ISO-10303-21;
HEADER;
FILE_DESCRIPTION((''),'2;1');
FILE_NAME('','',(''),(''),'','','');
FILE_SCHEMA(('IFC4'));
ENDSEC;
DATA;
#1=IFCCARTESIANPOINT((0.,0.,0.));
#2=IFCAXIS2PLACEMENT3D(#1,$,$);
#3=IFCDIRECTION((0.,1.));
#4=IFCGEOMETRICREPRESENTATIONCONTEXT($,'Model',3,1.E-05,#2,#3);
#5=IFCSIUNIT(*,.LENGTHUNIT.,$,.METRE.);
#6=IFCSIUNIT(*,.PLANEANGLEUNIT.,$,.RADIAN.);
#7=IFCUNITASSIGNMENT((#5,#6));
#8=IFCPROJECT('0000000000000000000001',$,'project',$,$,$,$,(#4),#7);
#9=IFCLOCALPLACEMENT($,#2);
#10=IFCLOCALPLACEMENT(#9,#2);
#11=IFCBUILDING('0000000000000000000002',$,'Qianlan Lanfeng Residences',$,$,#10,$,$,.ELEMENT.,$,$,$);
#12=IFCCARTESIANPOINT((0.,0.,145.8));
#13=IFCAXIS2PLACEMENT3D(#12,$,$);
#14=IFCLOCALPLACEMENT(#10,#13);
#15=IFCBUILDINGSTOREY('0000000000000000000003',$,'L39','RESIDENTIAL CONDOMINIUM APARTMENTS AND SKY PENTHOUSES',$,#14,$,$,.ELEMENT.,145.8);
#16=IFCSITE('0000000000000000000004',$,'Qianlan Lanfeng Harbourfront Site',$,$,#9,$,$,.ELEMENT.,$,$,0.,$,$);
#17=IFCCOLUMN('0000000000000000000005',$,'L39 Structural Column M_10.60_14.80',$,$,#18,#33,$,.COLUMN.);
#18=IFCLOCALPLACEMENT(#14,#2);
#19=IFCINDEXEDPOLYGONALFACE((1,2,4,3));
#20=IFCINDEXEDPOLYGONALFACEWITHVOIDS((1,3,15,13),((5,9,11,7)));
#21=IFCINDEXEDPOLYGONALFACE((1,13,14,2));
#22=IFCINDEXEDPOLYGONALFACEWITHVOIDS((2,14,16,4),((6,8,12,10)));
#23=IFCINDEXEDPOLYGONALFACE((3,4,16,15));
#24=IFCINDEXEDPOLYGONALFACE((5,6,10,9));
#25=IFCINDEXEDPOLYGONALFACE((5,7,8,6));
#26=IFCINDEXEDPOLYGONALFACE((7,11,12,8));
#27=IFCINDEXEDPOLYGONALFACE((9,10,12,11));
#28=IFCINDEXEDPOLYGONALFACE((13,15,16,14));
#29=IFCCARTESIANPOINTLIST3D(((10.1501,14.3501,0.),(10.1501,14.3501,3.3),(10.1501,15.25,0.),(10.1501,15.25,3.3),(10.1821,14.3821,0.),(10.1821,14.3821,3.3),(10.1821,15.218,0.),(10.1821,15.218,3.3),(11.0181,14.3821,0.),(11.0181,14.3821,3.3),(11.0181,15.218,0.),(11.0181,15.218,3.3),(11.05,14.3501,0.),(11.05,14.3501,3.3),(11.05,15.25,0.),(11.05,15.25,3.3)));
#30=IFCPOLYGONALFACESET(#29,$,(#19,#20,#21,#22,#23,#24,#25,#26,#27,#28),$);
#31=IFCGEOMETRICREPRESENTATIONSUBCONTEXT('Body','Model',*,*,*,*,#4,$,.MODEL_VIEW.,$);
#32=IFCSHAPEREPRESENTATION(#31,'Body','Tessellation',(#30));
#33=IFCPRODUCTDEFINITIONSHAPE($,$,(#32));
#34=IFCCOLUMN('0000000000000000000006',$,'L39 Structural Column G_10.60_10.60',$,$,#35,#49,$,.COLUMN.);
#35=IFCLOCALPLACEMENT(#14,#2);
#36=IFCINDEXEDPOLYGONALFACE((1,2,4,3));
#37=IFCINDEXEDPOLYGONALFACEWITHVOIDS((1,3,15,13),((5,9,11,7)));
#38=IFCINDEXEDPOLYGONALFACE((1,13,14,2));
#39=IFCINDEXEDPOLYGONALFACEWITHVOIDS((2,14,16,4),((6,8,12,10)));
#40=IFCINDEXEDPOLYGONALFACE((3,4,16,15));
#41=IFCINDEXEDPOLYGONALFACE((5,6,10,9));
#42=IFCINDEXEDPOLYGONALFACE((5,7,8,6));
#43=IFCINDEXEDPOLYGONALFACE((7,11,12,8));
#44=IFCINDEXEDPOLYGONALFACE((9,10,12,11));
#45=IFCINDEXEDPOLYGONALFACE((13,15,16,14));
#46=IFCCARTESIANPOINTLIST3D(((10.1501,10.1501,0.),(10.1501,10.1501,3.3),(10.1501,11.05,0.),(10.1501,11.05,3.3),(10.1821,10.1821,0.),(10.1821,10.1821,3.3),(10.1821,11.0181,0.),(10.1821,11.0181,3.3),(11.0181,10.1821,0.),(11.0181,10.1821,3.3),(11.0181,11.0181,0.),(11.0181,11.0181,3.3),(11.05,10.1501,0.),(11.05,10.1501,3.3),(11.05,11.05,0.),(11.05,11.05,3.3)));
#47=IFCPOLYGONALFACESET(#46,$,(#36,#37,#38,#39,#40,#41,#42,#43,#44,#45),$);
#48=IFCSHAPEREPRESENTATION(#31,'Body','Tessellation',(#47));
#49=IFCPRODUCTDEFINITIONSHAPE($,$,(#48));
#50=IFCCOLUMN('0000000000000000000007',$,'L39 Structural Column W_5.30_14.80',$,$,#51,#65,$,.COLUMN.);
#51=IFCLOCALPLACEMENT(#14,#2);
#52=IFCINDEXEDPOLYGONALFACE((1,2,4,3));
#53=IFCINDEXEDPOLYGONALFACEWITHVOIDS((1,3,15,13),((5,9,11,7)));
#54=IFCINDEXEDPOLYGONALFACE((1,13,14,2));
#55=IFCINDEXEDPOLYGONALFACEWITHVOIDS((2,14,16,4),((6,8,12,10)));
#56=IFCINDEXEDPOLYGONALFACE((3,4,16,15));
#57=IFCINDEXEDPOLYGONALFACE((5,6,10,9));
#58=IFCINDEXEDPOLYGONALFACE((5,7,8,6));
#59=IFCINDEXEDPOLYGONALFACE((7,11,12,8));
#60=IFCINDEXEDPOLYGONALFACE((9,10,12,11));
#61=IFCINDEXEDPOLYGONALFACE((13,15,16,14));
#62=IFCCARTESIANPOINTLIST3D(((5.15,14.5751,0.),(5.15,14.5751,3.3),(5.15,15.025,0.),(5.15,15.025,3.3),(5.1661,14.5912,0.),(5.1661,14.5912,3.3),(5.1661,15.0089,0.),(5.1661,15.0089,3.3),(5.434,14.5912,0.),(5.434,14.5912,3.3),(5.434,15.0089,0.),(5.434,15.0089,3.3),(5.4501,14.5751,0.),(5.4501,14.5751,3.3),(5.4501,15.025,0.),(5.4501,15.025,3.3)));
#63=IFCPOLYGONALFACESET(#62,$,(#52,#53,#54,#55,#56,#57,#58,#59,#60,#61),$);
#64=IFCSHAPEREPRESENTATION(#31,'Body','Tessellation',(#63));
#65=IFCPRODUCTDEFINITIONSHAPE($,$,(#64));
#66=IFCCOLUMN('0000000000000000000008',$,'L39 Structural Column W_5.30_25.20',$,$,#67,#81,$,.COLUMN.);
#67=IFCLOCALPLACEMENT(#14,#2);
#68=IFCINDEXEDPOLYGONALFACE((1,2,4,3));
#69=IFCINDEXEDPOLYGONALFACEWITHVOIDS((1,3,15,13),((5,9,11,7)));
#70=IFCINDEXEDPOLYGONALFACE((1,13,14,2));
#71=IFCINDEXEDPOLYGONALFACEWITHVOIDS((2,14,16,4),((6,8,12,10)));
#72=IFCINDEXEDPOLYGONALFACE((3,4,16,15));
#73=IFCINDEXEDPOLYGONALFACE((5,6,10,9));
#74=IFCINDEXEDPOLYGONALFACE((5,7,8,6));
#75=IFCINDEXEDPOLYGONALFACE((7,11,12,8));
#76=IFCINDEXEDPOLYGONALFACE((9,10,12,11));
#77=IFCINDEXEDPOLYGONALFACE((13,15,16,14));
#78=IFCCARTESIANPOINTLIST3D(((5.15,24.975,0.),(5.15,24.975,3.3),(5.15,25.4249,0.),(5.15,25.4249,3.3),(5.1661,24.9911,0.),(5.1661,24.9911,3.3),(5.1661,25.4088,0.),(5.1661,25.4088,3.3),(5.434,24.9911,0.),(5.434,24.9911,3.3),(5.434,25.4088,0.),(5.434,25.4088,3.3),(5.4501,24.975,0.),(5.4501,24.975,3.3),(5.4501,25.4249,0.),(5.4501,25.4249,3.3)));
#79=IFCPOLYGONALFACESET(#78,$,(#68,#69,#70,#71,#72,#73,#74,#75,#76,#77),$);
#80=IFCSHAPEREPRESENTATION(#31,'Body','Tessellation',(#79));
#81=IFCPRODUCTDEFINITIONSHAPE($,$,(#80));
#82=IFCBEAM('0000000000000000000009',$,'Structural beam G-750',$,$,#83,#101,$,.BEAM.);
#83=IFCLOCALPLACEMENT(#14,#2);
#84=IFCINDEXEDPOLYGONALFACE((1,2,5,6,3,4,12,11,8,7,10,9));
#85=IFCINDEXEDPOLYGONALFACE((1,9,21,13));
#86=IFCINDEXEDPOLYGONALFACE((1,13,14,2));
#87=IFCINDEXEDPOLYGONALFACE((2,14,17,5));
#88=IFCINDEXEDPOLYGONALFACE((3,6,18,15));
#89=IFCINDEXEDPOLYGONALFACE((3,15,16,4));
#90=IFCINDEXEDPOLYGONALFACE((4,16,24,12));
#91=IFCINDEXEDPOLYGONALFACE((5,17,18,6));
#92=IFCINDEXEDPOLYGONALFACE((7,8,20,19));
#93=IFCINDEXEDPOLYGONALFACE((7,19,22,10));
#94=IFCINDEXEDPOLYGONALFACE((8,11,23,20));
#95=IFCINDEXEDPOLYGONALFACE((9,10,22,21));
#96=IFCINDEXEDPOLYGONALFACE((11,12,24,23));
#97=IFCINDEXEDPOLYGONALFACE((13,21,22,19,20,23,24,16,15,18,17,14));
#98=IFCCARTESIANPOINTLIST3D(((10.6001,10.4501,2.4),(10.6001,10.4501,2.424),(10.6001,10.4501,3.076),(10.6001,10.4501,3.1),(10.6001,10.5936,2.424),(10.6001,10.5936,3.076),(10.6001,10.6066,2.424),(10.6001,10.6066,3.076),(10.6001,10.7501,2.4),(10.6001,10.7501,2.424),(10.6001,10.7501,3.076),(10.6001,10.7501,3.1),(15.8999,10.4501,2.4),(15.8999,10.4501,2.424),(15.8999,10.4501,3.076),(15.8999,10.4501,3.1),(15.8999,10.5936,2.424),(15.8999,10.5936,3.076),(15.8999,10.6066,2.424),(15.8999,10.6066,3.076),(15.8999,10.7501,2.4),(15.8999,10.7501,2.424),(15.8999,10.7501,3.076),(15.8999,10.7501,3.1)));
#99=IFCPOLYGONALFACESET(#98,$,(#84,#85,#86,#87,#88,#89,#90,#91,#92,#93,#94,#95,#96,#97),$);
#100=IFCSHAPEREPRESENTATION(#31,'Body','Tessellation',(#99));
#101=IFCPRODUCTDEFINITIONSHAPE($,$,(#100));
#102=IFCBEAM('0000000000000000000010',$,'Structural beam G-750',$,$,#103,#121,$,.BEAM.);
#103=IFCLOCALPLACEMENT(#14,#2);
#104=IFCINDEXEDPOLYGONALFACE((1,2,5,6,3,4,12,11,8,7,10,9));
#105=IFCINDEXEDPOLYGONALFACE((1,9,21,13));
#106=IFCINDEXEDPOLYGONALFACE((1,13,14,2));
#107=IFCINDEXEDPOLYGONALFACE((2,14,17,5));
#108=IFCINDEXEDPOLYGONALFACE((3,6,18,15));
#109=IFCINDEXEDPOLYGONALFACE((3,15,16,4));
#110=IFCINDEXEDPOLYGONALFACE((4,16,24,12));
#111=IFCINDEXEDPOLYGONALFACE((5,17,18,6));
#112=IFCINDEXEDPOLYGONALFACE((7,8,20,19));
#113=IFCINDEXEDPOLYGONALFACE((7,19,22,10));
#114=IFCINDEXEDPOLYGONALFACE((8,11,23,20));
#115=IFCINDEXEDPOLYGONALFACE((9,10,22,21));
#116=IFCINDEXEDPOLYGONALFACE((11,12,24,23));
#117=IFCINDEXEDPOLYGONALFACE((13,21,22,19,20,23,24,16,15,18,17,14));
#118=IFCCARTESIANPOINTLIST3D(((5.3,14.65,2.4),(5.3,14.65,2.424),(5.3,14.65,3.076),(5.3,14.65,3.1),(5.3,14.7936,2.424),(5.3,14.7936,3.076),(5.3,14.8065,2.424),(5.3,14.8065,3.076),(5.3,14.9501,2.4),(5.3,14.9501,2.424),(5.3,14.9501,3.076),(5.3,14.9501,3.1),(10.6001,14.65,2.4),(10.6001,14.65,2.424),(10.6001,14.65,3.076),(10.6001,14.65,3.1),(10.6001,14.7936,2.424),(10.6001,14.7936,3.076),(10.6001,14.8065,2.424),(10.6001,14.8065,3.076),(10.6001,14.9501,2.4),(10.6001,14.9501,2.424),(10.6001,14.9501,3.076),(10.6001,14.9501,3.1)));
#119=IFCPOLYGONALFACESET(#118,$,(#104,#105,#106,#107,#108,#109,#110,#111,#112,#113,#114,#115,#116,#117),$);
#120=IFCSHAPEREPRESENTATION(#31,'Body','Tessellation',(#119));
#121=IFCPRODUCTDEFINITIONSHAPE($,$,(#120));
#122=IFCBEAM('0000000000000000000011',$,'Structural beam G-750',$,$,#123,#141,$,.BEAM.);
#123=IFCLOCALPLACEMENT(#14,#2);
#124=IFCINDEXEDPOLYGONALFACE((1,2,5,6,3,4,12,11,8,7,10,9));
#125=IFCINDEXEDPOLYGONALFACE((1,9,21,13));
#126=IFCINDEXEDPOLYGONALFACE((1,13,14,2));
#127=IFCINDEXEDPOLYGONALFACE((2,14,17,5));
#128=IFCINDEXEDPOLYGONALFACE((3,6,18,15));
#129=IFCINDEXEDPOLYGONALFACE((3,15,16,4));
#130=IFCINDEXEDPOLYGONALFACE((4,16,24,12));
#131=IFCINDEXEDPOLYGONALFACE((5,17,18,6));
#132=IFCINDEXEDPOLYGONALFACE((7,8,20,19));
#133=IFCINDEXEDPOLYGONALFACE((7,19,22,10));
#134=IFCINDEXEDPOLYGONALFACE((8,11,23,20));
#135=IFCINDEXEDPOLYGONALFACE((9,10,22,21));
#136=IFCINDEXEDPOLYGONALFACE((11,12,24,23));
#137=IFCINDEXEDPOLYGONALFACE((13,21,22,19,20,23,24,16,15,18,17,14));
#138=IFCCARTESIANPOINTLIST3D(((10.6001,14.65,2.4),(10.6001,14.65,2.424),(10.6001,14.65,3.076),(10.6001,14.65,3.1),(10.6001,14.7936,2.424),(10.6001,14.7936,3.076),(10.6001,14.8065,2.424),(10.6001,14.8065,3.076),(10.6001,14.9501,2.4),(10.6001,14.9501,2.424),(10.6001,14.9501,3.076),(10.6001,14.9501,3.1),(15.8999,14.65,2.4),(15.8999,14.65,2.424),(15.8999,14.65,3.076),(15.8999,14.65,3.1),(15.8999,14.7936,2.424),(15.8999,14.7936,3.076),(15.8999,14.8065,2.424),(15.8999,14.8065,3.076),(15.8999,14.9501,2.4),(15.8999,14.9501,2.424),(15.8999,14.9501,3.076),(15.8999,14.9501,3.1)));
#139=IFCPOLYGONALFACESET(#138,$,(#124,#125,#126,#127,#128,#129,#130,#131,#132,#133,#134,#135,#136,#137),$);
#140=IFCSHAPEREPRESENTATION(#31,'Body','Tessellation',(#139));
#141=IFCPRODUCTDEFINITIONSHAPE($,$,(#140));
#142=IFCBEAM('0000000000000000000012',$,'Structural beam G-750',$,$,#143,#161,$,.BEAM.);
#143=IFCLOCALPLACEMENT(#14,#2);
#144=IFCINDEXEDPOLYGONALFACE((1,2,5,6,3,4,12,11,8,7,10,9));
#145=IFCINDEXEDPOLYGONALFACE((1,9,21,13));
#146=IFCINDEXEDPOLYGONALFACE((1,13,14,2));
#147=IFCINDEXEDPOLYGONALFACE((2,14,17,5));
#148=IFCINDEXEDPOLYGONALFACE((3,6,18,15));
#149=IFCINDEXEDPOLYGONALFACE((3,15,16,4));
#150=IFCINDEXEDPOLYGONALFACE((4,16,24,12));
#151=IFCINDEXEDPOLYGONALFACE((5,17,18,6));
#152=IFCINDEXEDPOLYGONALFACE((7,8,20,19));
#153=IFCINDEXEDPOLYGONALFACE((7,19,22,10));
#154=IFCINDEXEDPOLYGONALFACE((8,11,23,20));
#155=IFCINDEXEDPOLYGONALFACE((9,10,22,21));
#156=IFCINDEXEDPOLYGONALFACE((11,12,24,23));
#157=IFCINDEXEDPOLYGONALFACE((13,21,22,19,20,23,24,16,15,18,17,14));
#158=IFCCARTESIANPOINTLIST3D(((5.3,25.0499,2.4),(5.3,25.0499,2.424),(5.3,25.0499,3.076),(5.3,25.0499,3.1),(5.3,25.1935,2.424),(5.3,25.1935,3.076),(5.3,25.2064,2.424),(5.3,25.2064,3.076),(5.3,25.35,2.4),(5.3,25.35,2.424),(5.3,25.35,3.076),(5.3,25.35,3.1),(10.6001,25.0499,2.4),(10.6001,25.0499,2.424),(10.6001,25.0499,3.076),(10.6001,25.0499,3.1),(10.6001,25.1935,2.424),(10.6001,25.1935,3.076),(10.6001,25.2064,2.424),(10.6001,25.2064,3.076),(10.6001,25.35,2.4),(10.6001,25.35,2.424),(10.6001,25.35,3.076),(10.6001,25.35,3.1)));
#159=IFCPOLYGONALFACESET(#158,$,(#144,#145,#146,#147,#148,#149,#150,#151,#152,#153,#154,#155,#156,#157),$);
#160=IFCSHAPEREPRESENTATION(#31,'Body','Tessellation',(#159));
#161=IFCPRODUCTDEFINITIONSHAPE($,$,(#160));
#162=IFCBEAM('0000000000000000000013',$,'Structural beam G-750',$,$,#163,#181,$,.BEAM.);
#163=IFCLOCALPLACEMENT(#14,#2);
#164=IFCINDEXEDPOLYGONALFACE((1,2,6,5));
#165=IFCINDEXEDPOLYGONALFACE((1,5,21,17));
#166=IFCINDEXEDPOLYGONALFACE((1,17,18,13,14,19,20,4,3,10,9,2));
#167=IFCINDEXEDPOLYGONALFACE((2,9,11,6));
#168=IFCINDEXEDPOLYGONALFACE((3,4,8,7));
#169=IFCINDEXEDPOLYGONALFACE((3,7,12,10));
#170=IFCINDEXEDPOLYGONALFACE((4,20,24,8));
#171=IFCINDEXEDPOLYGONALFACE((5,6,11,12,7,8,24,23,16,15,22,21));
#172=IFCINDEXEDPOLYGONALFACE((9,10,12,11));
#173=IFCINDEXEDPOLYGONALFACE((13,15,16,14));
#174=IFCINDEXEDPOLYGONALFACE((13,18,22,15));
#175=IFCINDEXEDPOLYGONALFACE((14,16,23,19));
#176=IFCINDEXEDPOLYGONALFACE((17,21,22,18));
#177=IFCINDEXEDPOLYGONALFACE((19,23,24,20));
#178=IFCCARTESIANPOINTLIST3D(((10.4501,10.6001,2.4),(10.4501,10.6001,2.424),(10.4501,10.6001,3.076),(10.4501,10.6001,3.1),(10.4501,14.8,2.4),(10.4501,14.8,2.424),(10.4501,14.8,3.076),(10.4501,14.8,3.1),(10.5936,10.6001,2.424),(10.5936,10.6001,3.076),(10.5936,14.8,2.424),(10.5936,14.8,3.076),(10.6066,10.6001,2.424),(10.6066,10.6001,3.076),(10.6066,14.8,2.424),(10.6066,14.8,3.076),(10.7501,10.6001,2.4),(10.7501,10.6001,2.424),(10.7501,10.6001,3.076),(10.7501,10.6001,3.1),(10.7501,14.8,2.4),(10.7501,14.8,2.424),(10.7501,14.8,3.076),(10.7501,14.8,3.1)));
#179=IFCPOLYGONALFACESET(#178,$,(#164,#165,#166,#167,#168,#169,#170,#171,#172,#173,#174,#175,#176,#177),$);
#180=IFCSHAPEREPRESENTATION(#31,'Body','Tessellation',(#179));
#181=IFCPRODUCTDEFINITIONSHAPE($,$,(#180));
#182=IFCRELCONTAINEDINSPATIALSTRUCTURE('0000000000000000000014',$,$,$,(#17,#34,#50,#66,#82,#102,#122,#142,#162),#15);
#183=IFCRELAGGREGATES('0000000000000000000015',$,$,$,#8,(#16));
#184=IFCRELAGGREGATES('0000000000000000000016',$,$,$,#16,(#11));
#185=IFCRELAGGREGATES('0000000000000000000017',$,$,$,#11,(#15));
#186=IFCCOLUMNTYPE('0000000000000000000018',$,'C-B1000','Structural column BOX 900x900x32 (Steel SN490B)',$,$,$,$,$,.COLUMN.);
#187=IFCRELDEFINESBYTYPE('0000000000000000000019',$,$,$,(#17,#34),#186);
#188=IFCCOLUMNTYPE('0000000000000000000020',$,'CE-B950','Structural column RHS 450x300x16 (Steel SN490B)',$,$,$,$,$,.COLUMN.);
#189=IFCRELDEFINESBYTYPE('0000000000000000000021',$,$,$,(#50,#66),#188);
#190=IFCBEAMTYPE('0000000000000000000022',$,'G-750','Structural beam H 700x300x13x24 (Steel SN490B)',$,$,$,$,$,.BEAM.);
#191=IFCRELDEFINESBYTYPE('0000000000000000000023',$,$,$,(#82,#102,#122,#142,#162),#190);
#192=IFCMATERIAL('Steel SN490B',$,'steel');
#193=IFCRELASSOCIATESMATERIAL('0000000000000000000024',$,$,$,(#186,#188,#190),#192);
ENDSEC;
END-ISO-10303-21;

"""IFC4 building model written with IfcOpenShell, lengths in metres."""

from ifc_helpers import new_model, si_unit, direction, frame, origin, origin_2d, place, context, subcontext, project, spatial, hollow_rectangle, i_section, extrude, material, material_profile, profile_set, type_object, element, save


model = new_model("IFC4")

# Units and contexts
model_context = context("Model", 3, precision=1e-05, world=origin(), true_north=direction((0.0, 1.0)))
body_context = subcontext(model_context, "Body", "Model", "MODEL_VIEW")
ifc_project = project(units=[si_unit("LENGTHUNIT", "METRE"), si_unit("PLANEANGLEUNIT", "RADIAN")], contexts=[model_context])

# Site, building, storey
site_placement = place(None, origin())
site = spatial("IfcSite", under=ifc_project, at=site_placement, Name="Qianlan Lanfeng Harbourfront Site", CompositionType="ELEMENT", RefElevation=0.0)
building_placement = place(site_placement, origin())
building = spatial("IfcBuilding", under=site, at=building_placement, Name="Qianlan Lanfeng Residences", CompositionType="ELEMENT")
storey_placement = place(building_placement, frame((0.0, 0.0, 145.8)))
storey = spatial("IfcBuildingStorey", under=building, at=storey_placement, Name="L39", Description="RESIDENTIAL CONDOMINIUM APARTMENTS AND SKY PENTHOUSES", CompositionType="ELEMENT", Elevation=145.8)

# Columns
ifc_material_1 = material(Name="Steel SN490B", Category="steel")
ifc_material_profile_1 = material_profile(ifc_material_1, hollow_rectangle(XDim=0.8999, YDim=0.8999, WallThickness=0.032, at=origin_2d()), Name="BOX 900x900x32")
ifc_profile_set_1 = profile_set([ifc_material_profile_1], Name="Steel SN490B")
column_type_1 = type_object("IfcColumnType", Name="C-B1000", Description="Structural column BOX 900x900x32 (Steel SN490B)", PredefinedType="COLUMN", material=ifc_profile_set_1)
for number, where, z_axis, x_axis, name in (
    (1, (10.6001, 14.8, 0.0), (0.0, 0.0, 1.0), (1.0, 0.0, 0.0), "L39 Structural Column M_10.60_14.80"),
    (2, (10.6001, 10.6001, 0.0), (0.0, 0.0, 1.0), (1.0, 0.0, 0.0), "L39 Structural Column G_10.60_10.60"),
):
    element("IfcColumn", number, at=place(storey_placement, frame(where, z_axis=z_axis, x_axis=x_axis)), inside=storey, type_object=column_type_1, Name=name, PredefinedType="COLUMN", context=body_context, shape_type="SweptSolid", body=[
        extrude(hollow_rectangle(XDim=0.8999, YDim=0.8999, WallThickness=0.032, at=origin_2d()), origin(), (0.0, 0.0, 1.0), 3.3),
    ])
ifc_material_profile_2 = material_profile(ifc_material_1, hollow_rectangle(XDim=0.3, YDim=0.45, WallThickness=0.0161, at=origin_2d()), Name="RHS 450x300x16")
ifc_profile_set_2 = profile_set([ifc_material_profile_2], Name="Steel SN490B")
column_type_2 = type_object("IfcColumnType", Name="CE-B950", Description="Structural column RHS 450x300x16 (Steel SN490B)", PredefinedType="COLUMN", material=ifc_profile_set_2)
for number, where, z_axis, x_axis, name in (
    (3, (5.3, 14.8, 0.0), (0.0, 0.0, 1.0), (1.0, 0.0, 0.0), "L39 Structural Column W_5.30_14.80"),
    (4, (5.3, 25.2, 0.0), (0.0, 0.0, 1.0), (1.0, 0.0, 0.0), "L39 Structural Column W_5.30_25.20"),
):
    element("IfcColumn", number, at=place(storey_placement, frame(where, z_axis=z_axis, x_axis=x_axis)), inside=storey, type_object=column_type_2, Name=name, PredefinedType="COLUMN", context=body_context, shape_type="SweptSolid", body=[
        extrude(hollow_rectangle(XDim=0.3, YDim=0.45, WallThickness=0.0161, at=origin_2d()), origin(), (0.0, 0.0, 1.0), 3.3),
    ])

# Beams
ifc_material_profile_3 = material_profile(ifc_material_1, i_section(OverallWidth=0.3, OverallDepth=0.7, WebThickness=0.0129, FlangeThickness=0.0239, at=origin_2d()), Name="H 700x300x13x24")
ifc_profile_set_3 = profile_set([ifc_material_profile_3], Name="Steel SN490B")
beam_type_1 = type_object("IfcBeamType", Name="G-750", Description="Structural beam H 700x300x13x24 (Steel SN490B)", PredefinedType="BEAM", material=ifc_profile_set_3)
beam_1_placement = place(storey_placement, frame((10.6001, 10.6001, 2.75), z_axis=(1.0, 0.0, 0.0), x_axis=(0.0, 1.0, 0.0)))
element("IfcBeam", 5, at=beam_1_placement, inside=storey, type_object=beam_type_1, Name="Structural beam G-750", PredefinedType="BEAM", context=body_context, shape_type="SweptSolid", body=[
    extrude(i_section(OverallWidth=0.3, OverallDepth=0.7, WebThickness=0.0129, FlangeThickness=0.0239, at=origin_2d()), origin(), (0.0, 0.0, 1.0), 5.2998),
])
beam_2_placement = place(storey_placement, frame((5.3, 14.8, 2.75), z_axis=(1.0, 0.0, 0.0), x_axis=(0.0, 1.0, 0.0)))
element("IfcBeam", 6, at=beam_2_placement, inside=storey, type_object=beam_type_1, Name="Structural beam G-750", PredefinedType="BEAM", context=body_context, shape_type="SweptSolid", body=[
    extrude(i_section(OverallWidth=0.3, OverallDepth=0.7, WebThickness=0.0129, FlangeThickness=0.0239, at=origin_2d()), origin(), (0.0, 0.0, 1.0), 5.3),
])
beam_3_placement = place(storey_placement, frame((10.6001, 14.8, 2.75), z_axis=(1.0, 0.0, 0.0), x_axis=(0.0, 1.0, 0.0)))
element("IfcBeam", 7, at=beam_3_placement, inside=storey, type_object=beam_type_1, Name="Structural beam G-750", PredefinedType="BEAM", context=body_context, shape_type="SweptSolid", body=[
    extrude(i_section(OverallWidth=0.3, OverallDepth=0.7, WebThickness=0.0129, FlangeThickness=0.0239, at=origin_2d()), origin(), (0.0, 0.0, 1.0), 5.2998),
])
beam_4_placement = place(storey_placement, frame((5.3, 25.2, 2.75), z_axis=(1.0, 0.0, 0.0), x_axis=(0.0, 1.0, 0.0)))
element("IfcBeam", 8, at=beam_4_placement, inside=storey, type_object=beam_type_1, Name="Structural beam G-750", PredefinedType="BEAM", context=body_context, shape_type="SweptSolid", body=[
    extrude(i_section(OverallWidth=0.3, OverallDepth=0.7, WebThickness=0.0129, FlangeThickness=0.0239, at=origin_2d()), origin(), (0.0, 0.0, 1.0), 5.3),
])
beam_5_placement = place(storey_placement, frame((10.6001, 10.6001, 2.75), z_axis=(0.0, 1.0, 0.0), x_axis=(-1.0, 0.0, 0.0)))
element("IfcBeam", 9, at=beam_5_placement, inside=storey, type_object=beam_type_1, Name="Structural beam G-750", PredefinedType="BEAM", context=body_context, shape_type="SweptSolid", body=[
    extrude(i_section(OverallWidth=0.3, OverallDepth=0.7, WebThickness=0.0129, FlangeThickness=0.0239, at=origin_2d()), origin(), (0.0, 0.0, 1.0), 4.2),
])

save(model, "model.ifc")
